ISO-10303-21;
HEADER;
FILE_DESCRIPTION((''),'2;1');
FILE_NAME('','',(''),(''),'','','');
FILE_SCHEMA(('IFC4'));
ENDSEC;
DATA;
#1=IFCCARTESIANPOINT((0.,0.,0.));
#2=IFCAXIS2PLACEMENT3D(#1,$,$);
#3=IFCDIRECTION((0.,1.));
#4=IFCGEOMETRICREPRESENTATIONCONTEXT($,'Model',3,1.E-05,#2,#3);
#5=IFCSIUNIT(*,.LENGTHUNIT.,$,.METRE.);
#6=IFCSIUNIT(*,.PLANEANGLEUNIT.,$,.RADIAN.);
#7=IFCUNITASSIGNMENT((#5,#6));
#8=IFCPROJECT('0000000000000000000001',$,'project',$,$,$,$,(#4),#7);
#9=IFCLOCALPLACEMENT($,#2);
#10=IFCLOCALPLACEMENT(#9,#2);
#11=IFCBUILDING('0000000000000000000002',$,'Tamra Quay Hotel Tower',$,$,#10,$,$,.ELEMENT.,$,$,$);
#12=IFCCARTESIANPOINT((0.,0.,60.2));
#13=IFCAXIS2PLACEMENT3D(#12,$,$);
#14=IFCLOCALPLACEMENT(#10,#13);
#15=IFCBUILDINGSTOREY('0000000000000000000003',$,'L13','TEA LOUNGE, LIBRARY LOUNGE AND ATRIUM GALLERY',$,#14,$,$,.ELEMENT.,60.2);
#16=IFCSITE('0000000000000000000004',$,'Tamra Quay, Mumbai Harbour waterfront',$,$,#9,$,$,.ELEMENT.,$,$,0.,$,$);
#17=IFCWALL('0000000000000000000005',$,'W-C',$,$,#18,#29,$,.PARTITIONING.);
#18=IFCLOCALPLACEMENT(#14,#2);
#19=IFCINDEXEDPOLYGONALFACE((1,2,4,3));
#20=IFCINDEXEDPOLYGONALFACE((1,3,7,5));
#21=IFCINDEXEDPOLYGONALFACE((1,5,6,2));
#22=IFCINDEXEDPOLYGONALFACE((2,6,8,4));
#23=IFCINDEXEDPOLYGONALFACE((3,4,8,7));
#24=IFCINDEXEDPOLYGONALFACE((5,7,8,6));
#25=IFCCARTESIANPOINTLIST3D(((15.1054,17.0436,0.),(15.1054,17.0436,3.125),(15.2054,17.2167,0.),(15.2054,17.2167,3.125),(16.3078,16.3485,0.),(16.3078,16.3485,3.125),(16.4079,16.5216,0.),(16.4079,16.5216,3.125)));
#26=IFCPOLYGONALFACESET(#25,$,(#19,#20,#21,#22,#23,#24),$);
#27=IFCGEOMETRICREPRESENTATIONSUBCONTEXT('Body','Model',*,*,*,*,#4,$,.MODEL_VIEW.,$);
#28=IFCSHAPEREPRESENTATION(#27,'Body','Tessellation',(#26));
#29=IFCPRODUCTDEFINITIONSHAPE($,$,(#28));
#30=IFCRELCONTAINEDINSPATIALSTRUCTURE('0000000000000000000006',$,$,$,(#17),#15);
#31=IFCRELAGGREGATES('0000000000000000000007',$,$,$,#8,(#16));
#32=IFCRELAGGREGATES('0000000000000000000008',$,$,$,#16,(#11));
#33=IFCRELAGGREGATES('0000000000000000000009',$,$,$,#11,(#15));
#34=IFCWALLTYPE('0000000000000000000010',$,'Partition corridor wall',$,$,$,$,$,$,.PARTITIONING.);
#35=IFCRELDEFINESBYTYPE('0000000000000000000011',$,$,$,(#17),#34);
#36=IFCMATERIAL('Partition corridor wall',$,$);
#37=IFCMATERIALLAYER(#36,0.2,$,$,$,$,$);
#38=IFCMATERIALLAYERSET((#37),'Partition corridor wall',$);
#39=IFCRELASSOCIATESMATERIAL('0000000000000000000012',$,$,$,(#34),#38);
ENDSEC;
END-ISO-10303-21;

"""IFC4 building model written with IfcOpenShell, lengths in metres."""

from ifc_helpers import new_model, si_unit, direction, frame, frame_2d, origin, place, context, subcontext, project, spatial, rectangle, extrude, material, layer, layer_set, type_object, element, save


model = new_model("IFC4")

# Units and contexts
model_context = context("Model", 3, precision=1e-05, world=origin(), true_north=direction((0.0, 1.0)))
body_context = subcontext(model_context, "Body", "Model", "MODEL_VIEW")
ifc_project = project(units=[si_unit("LENGTHUNIT", "METRE"), si_unit("PLANEANGLEUNIT", "RADIAN")], contexts=[model_context])

# Site, building, storey
site_placement = place(None, origin())
site = spatial("IfcSite", under=ifc_project, at=site_placement, Name="Tamra Quay, Mumbai Harbour waterfront", CompositionType="ELEMENT", RefElevation=0.0)
building_placement = place(site_placement, origin())
building = spatial("IfcBuilding", under=site, at=building_placement, Name="Tamra Quay Hotel Tower", CompositionType="ELEMENT")
storey_placement = place(building_placement, frame((0.0, 0.0, 60.2)))
storey = spatial("IfcBuildingStorey", under=building, at=storey_placement, Name="L13", Description="TEA LOUNGE, LIBRARY LOUNGE AND ATRIUM GALLERY", CompositionType="ELEMENT", Elevation=60.2)

# Wall
ifc_material_1 = material(Name="Partition corridor wall")
ifc_layer_1 = layer(ifc_material_1, 0.2)
ifc_layer_set_1 = layer_set([ifc_layer_1], Name="Partition corridor wall")
wall_type_1 = type_object("IfcWallType", Name="Partition corridor wall", PredefinedType="PARTITIONING", material=ifc_layer_set_1)
wall_1_placement = place(storey_placement, frame((15.1555, 17.1301, 0.0), z_axis=(0.0, 0.0, 1.0), x_axis=(0.865755, -0.500468, 0.0)))
element("IfcWall", 1, at=wall_1_placement, inside=storey, type_object=wall_type_1, Name="W-C", PredefinedType="PARTITIONING", context=body_context, shape_type="SweptSolid", body=[
    extrude(rectangle(XDim=1.3889, YDim=0.2, at=frame_2d((0.6943, 0.0))), origin(), (0.0, 0.0, 1.0), 3.125),
])

save(model, "model.ifc")
